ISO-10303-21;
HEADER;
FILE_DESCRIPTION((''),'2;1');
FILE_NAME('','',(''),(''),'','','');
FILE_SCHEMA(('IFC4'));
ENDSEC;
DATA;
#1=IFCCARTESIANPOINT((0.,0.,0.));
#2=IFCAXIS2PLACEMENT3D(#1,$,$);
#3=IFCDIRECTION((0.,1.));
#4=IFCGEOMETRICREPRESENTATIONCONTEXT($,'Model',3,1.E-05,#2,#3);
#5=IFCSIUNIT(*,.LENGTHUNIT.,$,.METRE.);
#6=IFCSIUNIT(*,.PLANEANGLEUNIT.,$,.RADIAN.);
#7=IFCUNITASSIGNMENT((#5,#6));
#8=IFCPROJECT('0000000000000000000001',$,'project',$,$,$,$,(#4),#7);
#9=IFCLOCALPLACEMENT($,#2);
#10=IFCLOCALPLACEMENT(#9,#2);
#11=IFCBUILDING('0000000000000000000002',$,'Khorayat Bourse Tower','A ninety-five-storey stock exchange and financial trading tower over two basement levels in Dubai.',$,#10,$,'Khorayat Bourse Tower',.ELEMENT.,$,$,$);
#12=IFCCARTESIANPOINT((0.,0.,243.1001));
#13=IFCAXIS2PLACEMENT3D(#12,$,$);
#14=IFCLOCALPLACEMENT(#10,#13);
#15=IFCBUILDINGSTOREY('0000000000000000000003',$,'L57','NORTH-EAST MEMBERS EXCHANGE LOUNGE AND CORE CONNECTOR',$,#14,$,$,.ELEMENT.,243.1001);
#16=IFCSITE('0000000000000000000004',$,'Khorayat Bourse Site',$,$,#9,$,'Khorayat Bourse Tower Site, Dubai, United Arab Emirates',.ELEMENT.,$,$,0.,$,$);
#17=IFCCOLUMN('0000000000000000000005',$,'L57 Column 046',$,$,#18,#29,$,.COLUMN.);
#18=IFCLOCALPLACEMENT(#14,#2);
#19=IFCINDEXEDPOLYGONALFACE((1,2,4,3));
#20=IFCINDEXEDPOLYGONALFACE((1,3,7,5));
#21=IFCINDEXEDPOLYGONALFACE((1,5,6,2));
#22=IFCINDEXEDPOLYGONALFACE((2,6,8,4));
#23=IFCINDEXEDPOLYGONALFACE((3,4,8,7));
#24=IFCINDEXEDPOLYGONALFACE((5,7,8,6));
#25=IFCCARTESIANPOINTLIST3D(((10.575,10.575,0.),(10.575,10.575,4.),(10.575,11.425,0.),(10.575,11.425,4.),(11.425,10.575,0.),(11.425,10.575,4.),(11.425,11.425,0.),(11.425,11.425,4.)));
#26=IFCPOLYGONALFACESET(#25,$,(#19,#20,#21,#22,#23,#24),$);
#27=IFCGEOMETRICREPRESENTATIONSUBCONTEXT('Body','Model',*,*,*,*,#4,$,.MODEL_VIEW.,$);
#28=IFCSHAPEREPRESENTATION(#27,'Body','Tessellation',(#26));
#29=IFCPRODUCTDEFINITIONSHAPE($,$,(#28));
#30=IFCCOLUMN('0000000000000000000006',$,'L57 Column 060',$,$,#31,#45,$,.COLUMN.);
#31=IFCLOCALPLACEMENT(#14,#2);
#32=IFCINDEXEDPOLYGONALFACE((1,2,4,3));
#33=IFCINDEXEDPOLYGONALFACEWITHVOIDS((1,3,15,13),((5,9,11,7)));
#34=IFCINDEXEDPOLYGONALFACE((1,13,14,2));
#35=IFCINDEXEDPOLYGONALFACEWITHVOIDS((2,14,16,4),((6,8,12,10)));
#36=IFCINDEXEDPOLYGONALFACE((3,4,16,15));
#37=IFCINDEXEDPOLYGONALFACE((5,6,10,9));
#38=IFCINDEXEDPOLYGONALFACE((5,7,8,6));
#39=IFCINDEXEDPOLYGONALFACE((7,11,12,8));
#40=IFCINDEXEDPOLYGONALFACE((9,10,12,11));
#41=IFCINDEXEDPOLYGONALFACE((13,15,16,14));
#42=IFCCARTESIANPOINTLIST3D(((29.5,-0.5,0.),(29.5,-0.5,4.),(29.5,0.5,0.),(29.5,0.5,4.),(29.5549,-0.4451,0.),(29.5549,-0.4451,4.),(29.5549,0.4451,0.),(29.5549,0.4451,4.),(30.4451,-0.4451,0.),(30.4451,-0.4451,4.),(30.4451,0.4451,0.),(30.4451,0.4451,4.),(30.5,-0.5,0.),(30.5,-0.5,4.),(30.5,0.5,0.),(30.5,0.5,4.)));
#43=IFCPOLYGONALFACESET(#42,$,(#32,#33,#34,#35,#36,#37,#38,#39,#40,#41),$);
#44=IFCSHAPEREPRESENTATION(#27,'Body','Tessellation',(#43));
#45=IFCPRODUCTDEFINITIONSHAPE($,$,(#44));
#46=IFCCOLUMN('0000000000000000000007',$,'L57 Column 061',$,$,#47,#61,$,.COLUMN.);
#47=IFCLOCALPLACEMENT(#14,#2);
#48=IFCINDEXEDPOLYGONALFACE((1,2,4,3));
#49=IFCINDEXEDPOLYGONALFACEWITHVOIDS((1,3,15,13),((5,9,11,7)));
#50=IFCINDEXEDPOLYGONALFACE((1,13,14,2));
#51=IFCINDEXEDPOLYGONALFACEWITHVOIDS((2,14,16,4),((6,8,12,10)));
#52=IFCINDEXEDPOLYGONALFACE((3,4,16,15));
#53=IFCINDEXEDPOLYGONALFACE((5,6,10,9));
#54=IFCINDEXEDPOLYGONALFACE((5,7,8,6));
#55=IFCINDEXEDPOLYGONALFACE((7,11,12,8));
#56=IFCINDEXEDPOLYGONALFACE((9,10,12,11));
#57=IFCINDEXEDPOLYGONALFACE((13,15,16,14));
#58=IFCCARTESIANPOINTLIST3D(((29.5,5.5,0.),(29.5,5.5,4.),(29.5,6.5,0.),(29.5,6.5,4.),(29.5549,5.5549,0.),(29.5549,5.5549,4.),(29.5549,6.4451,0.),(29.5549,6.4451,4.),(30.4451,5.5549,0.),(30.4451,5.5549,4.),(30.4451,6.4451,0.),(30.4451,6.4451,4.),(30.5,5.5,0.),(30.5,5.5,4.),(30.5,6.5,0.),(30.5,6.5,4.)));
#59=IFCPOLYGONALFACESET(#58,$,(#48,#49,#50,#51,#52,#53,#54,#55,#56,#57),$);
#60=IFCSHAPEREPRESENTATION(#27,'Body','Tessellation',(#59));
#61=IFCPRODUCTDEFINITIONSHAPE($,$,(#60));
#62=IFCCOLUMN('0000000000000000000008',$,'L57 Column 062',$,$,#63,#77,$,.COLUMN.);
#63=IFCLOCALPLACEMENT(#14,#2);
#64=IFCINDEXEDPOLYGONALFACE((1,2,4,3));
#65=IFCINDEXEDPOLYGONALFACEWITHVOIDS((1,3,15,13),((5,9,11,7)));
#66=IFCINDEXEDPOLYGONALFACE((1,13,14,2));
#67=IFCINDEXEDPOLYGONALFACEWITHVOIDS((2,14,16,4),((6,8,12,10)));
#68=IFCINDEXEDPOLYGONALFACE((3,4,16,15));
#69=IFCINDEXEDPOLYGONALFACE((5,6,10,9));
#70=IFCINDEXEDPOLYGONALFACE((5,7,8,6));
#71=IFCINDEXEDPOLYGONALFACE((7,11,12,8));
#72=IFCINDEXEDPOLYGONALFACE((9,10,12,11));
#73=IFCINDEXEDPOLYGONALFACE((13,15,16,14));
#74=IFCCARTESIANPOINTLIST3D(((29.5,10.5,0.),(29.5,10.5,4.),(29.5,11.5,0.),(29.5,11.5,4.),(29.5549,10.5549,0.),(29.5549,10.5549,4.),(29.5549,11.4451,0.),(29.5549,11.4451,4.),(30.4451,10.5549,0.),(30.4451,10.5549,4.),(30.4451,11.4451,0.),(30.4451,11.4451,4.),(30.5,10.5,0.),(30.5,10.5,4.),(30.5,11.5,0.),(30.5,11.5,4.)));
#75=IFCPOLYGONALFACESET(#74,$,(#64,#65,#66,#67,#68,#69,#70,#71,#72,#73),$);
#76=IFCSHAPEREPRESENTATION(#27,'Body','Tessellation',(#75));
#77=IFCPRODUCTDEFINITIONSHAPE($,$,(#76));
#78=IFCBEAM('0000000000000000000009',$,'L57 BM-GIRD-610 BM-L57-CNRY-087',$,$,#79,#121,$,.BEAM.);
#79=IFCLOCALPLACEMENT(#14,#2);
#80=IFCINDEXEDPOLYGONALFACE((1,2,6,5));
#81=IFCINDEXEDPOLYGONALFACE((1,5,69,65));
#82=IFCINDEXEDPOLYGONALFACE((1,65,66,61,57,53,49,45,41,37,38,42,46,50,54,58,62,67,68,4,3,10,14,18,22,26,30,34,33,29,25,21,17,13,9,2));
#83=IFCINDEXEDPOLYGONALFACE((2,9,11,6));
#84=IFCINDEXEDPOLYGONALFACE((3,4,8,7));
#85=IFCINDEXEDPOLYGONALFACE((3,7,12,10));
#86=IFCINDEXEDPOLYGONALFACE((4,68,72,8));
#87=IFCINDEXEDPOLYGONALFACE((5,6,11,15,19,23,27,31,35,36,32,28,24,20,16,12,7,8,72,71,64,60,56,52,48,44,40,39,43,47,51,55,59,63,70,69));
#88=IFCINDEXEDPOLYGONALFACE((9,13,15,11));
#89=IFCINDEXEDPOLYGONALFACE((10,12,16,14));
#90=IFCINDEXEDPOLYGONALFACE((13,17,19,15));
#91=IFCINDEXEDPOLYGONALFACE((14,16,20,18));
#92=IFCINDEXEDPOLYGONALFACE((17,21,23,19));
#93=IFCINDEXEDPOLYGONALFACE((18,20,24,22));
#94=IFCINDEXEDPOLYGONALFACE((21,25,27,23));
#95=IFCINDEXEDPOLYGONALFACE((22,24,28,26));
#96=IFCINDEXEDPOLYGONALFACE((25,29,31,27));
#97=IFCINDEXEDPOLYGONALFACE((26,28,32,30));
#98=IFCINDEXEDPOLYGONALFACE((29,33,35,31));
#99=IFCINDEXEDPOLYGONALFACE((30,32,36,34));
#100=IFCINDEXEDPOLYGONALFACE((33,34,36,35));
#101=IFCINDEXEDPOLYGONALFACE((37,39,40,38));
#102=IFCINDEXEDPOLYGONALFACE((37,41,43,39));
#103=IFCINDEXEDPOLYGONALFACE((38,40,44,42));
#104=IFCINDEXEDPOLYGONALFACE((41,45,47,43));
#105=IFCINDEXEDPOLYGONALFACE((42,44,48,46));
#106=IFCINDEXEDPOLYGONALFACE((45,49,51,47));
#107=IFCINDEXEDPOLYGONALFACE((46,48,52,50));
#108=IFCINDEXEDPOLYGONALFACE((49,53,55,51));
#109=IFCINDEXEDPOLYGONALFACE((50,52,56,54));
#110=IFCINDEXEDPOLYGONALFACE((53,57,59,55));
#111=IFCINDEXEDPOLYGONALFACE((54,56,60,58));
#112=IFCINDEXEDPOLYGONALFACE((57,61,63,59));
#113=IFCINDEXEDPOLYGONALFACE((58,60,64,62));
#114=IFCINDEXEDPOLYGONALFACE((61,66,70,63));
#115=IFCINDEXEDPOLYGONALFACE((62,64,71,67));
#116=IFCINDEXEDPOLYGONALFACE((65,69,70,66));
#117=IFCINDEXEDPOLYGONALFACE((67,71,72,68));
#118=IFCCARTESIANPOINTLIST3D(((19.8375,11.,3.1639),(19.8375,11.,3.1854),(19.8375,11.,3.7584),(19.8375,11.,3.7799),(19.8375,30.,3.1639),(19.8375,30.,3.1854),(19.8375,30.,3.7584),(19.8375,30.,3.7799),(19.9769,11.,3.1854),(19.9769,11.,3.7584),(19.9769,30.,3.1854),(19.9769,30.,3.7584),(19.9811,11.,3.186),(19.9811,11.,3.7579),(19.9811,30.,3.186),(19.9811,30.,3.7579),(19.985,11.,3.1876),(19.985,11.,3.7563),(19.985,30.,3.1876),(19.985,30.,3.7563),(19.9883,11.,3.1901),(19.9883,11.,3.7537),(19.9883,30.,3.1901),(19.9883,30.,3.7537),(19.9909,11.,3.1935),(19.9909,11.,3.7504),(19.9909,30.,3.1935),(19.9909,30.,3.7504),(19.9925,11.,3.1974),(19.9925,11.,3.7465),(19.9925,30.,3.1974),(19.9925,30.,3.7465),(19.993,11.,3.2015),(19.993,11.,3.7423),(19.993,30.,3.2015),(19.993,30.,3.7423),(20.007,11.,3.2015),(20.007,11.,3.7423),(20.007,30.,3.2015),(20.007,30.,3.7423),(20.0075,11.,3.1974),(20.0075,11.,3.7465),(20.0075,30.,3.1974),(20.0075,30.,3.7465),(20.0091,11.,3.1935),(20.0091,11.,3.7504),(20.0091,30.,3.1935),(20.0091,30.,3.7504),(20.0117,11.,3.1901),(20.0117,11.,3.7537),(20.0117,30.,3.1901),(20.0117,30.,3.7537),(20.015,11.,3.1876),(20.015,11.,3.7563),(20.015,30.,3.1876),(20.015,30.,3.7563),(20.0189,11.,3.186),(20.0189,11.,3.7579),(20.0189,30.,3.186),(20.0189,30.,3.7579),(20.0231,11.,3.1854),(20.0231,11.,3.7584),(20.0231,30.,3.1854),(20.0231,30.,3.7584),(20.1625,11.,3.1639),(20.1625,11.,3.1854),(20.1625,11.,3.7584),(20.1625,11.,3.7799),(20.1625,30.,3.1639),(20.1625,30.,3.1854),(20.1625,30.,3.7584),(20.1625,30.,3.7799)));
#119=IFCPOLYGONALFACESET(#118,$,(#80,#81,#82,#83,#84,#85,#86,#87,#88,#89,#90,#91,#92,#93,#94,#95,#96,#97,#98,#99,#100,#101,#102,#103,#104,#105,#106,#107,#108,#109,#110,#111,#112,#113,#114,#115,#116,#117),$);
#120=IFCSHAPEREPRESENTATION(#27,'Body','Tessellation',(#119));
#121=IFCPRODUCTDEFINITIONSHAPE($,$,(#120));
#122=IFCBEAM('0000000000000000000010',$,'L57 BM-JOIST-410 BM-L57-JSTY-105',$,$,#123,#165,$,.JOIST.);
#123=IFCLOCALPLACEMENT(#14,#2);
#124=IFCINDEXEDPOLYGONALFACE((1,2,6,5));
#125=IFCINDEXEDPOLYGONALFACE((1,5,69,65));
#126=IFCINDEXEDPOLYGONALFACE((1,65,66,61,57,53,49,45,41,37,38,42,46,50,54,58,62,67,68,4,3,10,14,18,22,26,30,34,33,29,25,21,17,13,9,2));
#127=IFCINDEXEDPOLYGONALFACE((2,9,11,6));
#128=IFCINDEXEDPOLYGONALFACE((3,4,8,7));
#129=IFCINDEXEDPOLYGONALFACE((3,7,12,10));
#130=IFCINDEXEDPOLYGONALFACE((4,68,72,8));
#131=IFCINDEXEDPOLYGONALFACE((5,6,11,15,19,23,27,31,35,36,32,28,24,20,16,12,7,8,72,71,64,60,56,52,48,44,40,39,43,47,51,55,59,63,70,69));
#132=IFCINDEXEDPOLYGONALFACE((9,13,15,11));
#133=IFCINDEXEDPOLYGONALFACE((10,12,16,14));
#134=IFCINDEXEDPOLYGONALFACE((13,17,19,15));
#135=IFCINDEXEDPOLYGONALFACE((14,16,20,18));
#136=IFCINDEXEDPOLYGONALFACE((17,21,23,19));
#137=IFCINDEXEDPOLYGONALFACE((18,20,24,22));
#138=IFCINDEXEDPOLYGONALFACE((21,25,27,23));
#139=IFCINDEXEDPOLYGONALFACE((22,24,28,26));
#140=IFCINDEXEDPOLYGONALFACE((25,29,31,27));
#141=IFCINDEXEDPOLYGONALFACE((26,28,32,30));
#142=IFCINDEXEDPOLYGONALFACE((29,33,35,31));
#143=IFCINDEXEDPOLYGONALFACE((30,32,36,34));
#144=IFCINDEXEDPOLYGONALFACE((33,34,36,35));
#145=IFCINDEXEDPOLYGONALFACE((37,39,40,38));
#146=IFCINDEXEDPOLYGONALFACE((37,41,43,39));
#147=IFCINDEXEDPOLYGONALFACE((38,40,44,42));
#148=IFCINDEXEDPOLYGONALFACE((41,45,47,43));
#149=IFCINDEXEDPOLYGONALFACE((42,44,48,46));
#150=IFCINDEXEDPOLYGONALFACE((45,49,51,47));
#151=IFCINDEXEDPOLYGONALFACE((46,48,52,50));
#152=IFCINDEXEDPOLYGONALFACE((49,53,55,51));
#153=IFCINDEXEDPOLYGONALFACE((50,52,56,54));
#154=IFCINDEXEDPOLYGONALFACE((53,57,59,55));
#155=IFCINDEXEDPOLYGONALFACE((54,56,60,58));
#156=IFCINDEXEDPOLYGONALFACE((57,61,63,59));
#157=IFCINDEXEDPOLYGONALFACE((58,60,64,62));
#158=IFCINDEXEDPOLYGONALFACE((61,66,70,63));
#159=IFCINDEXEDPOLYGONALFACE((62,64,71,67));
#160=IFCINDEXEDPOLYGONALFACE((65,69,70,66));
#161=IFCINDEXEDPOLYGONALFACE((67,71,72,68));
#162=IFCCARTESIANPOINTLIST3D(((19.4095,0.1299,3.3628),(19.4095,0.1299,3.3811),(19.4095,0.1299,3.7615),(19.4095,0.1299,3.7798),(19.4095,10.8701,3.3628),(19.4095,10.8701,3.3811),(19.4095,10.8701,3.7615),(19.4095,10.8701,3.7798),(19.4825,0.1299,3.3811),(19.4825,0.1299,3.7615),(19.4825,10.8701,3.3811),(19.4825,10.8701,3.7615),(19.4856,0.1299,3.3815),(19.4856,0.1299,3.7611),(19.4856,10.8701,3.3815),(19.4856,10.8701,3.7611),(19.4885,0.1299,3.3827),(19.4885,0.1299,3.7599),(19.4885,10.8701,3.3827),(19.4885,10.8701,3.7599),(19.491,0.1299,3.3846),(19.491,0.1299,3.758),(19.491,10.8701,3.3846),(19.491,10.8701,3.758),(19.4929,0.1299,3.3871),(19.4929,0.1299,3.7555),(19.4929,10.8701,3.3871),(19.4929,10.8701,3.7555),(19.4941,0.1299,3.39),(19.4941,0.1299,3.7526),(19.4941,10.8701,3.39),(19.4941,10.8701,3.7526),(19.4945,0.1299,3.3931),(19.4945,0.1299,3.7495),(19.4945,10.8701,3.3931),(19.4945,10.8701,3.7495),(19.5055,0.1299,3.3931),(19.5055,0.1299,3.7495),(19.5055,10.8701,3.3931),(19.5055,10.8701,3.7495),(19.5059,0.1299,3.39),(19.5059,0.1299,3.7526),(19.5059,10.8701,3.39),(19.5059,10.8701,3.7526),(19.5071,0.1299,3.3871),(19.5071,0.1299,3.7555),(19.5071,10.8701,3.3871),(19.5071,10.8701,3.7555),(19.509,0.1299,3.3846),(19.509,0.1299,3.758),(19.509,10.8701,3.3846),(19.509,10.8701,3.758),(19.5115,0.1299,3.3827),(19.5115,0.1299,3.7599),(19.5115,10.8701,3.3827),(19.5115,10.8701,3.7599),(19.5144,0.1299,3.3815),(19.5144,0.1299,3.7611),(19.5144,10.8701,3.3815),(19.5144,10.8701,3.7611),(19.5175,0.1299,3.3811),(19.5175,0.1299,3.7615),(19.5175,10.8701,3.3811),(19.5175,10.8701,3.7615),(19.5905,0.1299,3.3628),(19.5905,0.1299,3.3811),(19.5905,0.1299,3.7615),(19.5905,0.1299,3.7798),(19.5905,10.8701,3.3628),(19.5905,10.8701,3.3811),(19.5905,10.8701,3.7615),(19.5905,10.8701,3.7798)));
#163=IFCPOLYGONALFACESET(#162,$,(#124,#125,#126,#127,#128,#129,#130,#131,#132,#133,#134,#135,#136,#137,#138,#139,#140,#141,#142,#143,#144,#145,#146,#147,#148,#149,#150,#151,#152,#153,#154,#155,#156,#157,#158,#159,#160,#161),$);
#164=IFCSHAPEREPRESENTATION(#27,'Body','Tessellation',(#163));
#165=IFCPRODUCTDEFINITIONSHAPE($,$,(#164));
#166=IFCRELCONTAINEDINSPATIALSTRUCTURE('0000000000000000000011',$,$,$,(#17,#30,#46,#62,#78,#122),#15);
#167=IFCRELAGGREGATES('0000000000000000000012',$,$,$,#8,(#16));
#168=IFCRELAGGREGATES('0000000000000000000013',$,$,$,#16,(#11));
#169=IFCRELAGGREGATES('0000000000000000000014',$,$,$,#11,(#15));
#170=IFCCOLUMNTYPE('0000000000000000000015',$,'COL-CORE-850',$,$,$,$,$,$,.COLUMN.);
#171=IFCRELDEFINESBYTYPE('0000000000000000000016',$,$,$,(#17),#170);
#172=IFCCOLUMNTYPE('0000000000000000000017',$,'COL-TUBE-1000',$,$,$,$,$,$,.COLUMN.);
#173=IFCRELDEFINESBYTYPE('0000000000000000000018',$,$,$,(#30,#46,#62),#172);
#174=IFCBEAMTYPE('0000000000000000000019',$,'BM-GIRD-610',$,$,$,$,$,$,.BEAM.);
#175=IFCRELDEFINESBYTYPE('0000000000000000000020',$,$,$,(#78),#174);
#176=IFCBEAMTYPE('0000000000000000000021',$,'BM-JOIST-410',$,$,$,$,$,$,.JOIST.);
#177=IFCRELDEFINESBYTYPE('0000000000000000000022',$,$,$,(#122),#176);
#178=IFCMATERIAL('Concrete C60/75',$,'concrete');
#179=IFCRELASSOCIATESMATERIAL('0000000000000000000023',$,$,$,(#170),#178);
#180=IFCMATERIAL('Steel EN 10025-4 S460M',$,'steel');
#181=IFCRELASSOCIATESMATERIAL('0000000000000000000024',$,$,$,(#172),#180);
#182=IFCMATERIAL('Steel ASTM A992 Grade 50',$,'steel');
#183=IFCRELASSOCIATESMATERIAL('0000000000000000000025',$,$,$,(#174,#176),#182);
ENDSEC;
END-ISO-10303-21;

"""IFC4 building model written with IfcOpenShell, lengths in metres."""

from ifc_helpers import new_model, si_unit, direction, frame, origin, origin_2d, place, context, subcontext, project, spatial, rectangle, hollow_rectangle, i_section, extrude, source, transform, mapped, material, material_profile, profile_set, type_object, element, save


model = new_model("IFC4")

# Units and contexts
model_context = context("Model", 3, precision=1e-05, world=origin(), true_north=direction((0.0, 1.0)))
body_context = subcontext(model_context, "Body", "Model", "MODEL_VIEW")
ifc_project = project(units=[si_unit("LENGTHUNIT", "METRE"), si_unit("PLANEANGLEUNIT", "RADIAN")], contexts=[model_context])

# Site, building, storey
site_placement = place(None, origin())
site = spatial("IfcSite", under=ifc_project, at=site_placement, Name="Khorayat Bourse Site", LongName="Khorayat Bourse Tower Site, Dubai, United Arab Emirates", CompositionType="ELEMENT", RefElevation=0.0)
building_placement = place(site_placement, origin())
building = spatial("IfcBuilding", under=site, at=building_placement, Name="Khorayat Bourse Tower", Description="A ninety-five-storey stock exchange and financial trading tower over two basement levels in Dubai.", LongName="Khorayat Bourse Tower", CompositionType="ELEMENT")
storey_placement = place(building_placement, frame((0.0, 0.0, 243.1001)))
storey = spatial("IfcBuildingStorey", under=building, at=storey_placement, Name="L57", Description="NORTH-EAST MEMBERS EXCHANGE LOUNGE AND CORE CONNECTOR", CompositionType="ELEMENT", Elevation=243.1001)

# Columns
ifc_material_1 = material(Name="Concrete C60/75", Category="concrete")
ifc_material_profile_1 = material_profile(ifc_material_1, rectangle(XDim=0.8501, YDim=0.8501, at=origin_2d()), Name="RC 850x850")
ifc_profile_set_1 = profile_set([ifc_material_profile_1], Name="Concrete C60/75")
column_type_1 = type_object("IfcColumnType", Name="COL-CORE-850", PredefinedType="COLUMN", material=ifc_profile_set_1)
shared_shape_1 = source(origin(), body_context, "Body", "SweptSolid", [
    extrude(rectangle(XDim=0.8501, YDim=0.8501, at=origin_2d()), origin(), (0.0, 0.0, 1.0), 4.0),
])
column_placement = place(storey_placement, frame((11.0, 11.0, 0.0), z_axis=(0.0, 0.0, 1.0), x_axis=(1.0, 0.0, 0.0)))
element("IfcColumn", 1, at=column_placement, inside=storey, type_object=column_type_1, Name="L57 Column 046", PredefinedType="COLUMN", context=body_context, shape_type="MappedRepresentation", body=[
    mapped(shared_shape_1, transform((0.0, 0.0, 0.0), scale=1.0)),
])
ifc_material_2 = material(Name="Steel EN 10025-4 S460M", Category="steel")
ifc_material_profile_2 = material_profile(ifc_material_2, hollow_rectangle(XDim=1.0, YDim=1.0, WallThickness=0.0549, at=origin_2d()), Name="BOX 1000x1000x55")
ifc_profile_set_2 = profile_set([ifc_material_profile_2], Name="Steel EN 10025-4 S460M")
column_type_2 = type_object("IfcColumnType", Name="COL-TUBE-1000", PredefinedType="COLUMN", material=ifc_profile_set_2)
shared_shape_2 = source(origin(), body_context, "Body", "SweptSolid", [
    extrude(hollow_rectangle(XDim=1.0, YDim=1.0, WallThickness=0.0549, at=origin_2d()), origin(), (0.0, 0.0, 1.0), 4.0),
])
for number, where, z_axis, x_axis, name in (
    (2, (30.0, 0.0, 0.0), (0.0, 0.0, 1.0), (1.0, 0.0, 0.0), "L57 Column 060"),
    (3, (30.0, 6.0, 0.0), (0.0, 0.0, 1.0), (1.0, 0.0, 0.0), "L57 Column 061"),
    (4, (30.0, 11.0, 0.0), (0.0, 0.0, 1.0), (1.0, 0.0, 0.0), "L57 Column 062"),
):
    element("IfcColumn", number, at=place(storey_placement, frame(where, z_axis=z_axis, x_axis=x_axis)), inside=storey, type_object=column_type_2, Name=name, PredefinedType="COLUMN", context=body_context, shape_type="MappedRepresentation", body=[
        mapped(shared_shape_2, transform((0.0, 0.0, 0.0), scale=1.0)),
    ])

# Beams
ifc_material_3 = material(Name="Steel ASTM A992 Grade 50", Category="steel")
ifc_material_profile_3 = material_profile(ifc_material_3, i_section(OverallWidth=0.325, OverallDepth=0.616, WebThickness=0.0139, FlangeThickness=0.0215, FilletRadius=0.0161, at=origin_2d()), Name="W610X174")
ifc_profile_set_3 = profile_set([ifc_material_profile_3], Name="Steel ASTM A992 Grade 50")
beam_type_1 = type_object("IfcBeamType", Name="BM-GIRD-610", PredefinedType="BEAM", material=ifc_profile_set_3)
shared_shape_3 = source(origin(), body_context, "Body", "SweptSolid", [
    extrude(i_section(OverallWidth=0.325, OverallDepth=0.616, WebThickness=0.0139, FlangeThickness=0.0215, FilletRadius=0.0161, at=origin_2d()), origin(), (0.0, 0.0, 1.0), 19.0),
])
beam_1_placement = place(storey_placement, frame((20.0, 11.0, 3.4719), z_axis=(0.0, 1.0, 0.0), x_axis=(-1.0, 0.0, 0.0)))
element("IfcBeam", 5, at=beam_1_placement, inside=storey, type_object=beam_type_1, Name="L57 BM-GIRD-610 BM-L57-CNRY-087", PredefinedType="BEAM", context=body_context, shape_type="MappedRepresentation", body=[
    mapped(shared_shape_3, transform((0.0, 0.0, 0.0), scale=1.0)),
])
ifc_material_profile_4 = material_profile(ifc_material_3, i_section(OverallWidth=0.1809, OverallDepth=0.417, WebThickness=0.011, FlangeThickness=0.0183, FilletRadius=0.012, at=origin_2d()), Name="W410X85")
ifc_profile_set_4 = profile_set([ifc_material_profile_4], Name="Steel ASTM A992 Grade 50")
beam_type_2 = type_object("IfcBeamType", Name="BM-JOIST-410", PredefinedType="JOIST", material=ifc_profile_set_4)
shared_shape_4 = source(origin(), body_context, "Body", "SweptSolid", [
    extrude(i_section(OverallWidth=0.1809, OverallDepth=0.417, WebThickness=0.011, FlangeThickness=0.0183, FilletRadius=0.012, at=origin_2d()), origin(), (0.0, 0.0, 1.0), 10.7402),
])
beam_2_placement = place(storey_placement, frame((19.5, 0.1299, 3.5713), z_axis=(0.0, 1.0, 0.0), x_axis=(-1.0, 0.0, 0.0)))
element("IfcBeam", 6, at=beam_2_placement, inside=storey, type_object=beam_type_2, Name="L57 BM-JOIST-410 BM-L57-JSTY-105", PredefinedType="JOIST", context=body_context, shape_type="MappedRepresentation", body=[
    mapped(shared_shape_4, transform((0.0, 0.0, 0.0), scale=1.0)),
])

save(model, "model.ifc")
